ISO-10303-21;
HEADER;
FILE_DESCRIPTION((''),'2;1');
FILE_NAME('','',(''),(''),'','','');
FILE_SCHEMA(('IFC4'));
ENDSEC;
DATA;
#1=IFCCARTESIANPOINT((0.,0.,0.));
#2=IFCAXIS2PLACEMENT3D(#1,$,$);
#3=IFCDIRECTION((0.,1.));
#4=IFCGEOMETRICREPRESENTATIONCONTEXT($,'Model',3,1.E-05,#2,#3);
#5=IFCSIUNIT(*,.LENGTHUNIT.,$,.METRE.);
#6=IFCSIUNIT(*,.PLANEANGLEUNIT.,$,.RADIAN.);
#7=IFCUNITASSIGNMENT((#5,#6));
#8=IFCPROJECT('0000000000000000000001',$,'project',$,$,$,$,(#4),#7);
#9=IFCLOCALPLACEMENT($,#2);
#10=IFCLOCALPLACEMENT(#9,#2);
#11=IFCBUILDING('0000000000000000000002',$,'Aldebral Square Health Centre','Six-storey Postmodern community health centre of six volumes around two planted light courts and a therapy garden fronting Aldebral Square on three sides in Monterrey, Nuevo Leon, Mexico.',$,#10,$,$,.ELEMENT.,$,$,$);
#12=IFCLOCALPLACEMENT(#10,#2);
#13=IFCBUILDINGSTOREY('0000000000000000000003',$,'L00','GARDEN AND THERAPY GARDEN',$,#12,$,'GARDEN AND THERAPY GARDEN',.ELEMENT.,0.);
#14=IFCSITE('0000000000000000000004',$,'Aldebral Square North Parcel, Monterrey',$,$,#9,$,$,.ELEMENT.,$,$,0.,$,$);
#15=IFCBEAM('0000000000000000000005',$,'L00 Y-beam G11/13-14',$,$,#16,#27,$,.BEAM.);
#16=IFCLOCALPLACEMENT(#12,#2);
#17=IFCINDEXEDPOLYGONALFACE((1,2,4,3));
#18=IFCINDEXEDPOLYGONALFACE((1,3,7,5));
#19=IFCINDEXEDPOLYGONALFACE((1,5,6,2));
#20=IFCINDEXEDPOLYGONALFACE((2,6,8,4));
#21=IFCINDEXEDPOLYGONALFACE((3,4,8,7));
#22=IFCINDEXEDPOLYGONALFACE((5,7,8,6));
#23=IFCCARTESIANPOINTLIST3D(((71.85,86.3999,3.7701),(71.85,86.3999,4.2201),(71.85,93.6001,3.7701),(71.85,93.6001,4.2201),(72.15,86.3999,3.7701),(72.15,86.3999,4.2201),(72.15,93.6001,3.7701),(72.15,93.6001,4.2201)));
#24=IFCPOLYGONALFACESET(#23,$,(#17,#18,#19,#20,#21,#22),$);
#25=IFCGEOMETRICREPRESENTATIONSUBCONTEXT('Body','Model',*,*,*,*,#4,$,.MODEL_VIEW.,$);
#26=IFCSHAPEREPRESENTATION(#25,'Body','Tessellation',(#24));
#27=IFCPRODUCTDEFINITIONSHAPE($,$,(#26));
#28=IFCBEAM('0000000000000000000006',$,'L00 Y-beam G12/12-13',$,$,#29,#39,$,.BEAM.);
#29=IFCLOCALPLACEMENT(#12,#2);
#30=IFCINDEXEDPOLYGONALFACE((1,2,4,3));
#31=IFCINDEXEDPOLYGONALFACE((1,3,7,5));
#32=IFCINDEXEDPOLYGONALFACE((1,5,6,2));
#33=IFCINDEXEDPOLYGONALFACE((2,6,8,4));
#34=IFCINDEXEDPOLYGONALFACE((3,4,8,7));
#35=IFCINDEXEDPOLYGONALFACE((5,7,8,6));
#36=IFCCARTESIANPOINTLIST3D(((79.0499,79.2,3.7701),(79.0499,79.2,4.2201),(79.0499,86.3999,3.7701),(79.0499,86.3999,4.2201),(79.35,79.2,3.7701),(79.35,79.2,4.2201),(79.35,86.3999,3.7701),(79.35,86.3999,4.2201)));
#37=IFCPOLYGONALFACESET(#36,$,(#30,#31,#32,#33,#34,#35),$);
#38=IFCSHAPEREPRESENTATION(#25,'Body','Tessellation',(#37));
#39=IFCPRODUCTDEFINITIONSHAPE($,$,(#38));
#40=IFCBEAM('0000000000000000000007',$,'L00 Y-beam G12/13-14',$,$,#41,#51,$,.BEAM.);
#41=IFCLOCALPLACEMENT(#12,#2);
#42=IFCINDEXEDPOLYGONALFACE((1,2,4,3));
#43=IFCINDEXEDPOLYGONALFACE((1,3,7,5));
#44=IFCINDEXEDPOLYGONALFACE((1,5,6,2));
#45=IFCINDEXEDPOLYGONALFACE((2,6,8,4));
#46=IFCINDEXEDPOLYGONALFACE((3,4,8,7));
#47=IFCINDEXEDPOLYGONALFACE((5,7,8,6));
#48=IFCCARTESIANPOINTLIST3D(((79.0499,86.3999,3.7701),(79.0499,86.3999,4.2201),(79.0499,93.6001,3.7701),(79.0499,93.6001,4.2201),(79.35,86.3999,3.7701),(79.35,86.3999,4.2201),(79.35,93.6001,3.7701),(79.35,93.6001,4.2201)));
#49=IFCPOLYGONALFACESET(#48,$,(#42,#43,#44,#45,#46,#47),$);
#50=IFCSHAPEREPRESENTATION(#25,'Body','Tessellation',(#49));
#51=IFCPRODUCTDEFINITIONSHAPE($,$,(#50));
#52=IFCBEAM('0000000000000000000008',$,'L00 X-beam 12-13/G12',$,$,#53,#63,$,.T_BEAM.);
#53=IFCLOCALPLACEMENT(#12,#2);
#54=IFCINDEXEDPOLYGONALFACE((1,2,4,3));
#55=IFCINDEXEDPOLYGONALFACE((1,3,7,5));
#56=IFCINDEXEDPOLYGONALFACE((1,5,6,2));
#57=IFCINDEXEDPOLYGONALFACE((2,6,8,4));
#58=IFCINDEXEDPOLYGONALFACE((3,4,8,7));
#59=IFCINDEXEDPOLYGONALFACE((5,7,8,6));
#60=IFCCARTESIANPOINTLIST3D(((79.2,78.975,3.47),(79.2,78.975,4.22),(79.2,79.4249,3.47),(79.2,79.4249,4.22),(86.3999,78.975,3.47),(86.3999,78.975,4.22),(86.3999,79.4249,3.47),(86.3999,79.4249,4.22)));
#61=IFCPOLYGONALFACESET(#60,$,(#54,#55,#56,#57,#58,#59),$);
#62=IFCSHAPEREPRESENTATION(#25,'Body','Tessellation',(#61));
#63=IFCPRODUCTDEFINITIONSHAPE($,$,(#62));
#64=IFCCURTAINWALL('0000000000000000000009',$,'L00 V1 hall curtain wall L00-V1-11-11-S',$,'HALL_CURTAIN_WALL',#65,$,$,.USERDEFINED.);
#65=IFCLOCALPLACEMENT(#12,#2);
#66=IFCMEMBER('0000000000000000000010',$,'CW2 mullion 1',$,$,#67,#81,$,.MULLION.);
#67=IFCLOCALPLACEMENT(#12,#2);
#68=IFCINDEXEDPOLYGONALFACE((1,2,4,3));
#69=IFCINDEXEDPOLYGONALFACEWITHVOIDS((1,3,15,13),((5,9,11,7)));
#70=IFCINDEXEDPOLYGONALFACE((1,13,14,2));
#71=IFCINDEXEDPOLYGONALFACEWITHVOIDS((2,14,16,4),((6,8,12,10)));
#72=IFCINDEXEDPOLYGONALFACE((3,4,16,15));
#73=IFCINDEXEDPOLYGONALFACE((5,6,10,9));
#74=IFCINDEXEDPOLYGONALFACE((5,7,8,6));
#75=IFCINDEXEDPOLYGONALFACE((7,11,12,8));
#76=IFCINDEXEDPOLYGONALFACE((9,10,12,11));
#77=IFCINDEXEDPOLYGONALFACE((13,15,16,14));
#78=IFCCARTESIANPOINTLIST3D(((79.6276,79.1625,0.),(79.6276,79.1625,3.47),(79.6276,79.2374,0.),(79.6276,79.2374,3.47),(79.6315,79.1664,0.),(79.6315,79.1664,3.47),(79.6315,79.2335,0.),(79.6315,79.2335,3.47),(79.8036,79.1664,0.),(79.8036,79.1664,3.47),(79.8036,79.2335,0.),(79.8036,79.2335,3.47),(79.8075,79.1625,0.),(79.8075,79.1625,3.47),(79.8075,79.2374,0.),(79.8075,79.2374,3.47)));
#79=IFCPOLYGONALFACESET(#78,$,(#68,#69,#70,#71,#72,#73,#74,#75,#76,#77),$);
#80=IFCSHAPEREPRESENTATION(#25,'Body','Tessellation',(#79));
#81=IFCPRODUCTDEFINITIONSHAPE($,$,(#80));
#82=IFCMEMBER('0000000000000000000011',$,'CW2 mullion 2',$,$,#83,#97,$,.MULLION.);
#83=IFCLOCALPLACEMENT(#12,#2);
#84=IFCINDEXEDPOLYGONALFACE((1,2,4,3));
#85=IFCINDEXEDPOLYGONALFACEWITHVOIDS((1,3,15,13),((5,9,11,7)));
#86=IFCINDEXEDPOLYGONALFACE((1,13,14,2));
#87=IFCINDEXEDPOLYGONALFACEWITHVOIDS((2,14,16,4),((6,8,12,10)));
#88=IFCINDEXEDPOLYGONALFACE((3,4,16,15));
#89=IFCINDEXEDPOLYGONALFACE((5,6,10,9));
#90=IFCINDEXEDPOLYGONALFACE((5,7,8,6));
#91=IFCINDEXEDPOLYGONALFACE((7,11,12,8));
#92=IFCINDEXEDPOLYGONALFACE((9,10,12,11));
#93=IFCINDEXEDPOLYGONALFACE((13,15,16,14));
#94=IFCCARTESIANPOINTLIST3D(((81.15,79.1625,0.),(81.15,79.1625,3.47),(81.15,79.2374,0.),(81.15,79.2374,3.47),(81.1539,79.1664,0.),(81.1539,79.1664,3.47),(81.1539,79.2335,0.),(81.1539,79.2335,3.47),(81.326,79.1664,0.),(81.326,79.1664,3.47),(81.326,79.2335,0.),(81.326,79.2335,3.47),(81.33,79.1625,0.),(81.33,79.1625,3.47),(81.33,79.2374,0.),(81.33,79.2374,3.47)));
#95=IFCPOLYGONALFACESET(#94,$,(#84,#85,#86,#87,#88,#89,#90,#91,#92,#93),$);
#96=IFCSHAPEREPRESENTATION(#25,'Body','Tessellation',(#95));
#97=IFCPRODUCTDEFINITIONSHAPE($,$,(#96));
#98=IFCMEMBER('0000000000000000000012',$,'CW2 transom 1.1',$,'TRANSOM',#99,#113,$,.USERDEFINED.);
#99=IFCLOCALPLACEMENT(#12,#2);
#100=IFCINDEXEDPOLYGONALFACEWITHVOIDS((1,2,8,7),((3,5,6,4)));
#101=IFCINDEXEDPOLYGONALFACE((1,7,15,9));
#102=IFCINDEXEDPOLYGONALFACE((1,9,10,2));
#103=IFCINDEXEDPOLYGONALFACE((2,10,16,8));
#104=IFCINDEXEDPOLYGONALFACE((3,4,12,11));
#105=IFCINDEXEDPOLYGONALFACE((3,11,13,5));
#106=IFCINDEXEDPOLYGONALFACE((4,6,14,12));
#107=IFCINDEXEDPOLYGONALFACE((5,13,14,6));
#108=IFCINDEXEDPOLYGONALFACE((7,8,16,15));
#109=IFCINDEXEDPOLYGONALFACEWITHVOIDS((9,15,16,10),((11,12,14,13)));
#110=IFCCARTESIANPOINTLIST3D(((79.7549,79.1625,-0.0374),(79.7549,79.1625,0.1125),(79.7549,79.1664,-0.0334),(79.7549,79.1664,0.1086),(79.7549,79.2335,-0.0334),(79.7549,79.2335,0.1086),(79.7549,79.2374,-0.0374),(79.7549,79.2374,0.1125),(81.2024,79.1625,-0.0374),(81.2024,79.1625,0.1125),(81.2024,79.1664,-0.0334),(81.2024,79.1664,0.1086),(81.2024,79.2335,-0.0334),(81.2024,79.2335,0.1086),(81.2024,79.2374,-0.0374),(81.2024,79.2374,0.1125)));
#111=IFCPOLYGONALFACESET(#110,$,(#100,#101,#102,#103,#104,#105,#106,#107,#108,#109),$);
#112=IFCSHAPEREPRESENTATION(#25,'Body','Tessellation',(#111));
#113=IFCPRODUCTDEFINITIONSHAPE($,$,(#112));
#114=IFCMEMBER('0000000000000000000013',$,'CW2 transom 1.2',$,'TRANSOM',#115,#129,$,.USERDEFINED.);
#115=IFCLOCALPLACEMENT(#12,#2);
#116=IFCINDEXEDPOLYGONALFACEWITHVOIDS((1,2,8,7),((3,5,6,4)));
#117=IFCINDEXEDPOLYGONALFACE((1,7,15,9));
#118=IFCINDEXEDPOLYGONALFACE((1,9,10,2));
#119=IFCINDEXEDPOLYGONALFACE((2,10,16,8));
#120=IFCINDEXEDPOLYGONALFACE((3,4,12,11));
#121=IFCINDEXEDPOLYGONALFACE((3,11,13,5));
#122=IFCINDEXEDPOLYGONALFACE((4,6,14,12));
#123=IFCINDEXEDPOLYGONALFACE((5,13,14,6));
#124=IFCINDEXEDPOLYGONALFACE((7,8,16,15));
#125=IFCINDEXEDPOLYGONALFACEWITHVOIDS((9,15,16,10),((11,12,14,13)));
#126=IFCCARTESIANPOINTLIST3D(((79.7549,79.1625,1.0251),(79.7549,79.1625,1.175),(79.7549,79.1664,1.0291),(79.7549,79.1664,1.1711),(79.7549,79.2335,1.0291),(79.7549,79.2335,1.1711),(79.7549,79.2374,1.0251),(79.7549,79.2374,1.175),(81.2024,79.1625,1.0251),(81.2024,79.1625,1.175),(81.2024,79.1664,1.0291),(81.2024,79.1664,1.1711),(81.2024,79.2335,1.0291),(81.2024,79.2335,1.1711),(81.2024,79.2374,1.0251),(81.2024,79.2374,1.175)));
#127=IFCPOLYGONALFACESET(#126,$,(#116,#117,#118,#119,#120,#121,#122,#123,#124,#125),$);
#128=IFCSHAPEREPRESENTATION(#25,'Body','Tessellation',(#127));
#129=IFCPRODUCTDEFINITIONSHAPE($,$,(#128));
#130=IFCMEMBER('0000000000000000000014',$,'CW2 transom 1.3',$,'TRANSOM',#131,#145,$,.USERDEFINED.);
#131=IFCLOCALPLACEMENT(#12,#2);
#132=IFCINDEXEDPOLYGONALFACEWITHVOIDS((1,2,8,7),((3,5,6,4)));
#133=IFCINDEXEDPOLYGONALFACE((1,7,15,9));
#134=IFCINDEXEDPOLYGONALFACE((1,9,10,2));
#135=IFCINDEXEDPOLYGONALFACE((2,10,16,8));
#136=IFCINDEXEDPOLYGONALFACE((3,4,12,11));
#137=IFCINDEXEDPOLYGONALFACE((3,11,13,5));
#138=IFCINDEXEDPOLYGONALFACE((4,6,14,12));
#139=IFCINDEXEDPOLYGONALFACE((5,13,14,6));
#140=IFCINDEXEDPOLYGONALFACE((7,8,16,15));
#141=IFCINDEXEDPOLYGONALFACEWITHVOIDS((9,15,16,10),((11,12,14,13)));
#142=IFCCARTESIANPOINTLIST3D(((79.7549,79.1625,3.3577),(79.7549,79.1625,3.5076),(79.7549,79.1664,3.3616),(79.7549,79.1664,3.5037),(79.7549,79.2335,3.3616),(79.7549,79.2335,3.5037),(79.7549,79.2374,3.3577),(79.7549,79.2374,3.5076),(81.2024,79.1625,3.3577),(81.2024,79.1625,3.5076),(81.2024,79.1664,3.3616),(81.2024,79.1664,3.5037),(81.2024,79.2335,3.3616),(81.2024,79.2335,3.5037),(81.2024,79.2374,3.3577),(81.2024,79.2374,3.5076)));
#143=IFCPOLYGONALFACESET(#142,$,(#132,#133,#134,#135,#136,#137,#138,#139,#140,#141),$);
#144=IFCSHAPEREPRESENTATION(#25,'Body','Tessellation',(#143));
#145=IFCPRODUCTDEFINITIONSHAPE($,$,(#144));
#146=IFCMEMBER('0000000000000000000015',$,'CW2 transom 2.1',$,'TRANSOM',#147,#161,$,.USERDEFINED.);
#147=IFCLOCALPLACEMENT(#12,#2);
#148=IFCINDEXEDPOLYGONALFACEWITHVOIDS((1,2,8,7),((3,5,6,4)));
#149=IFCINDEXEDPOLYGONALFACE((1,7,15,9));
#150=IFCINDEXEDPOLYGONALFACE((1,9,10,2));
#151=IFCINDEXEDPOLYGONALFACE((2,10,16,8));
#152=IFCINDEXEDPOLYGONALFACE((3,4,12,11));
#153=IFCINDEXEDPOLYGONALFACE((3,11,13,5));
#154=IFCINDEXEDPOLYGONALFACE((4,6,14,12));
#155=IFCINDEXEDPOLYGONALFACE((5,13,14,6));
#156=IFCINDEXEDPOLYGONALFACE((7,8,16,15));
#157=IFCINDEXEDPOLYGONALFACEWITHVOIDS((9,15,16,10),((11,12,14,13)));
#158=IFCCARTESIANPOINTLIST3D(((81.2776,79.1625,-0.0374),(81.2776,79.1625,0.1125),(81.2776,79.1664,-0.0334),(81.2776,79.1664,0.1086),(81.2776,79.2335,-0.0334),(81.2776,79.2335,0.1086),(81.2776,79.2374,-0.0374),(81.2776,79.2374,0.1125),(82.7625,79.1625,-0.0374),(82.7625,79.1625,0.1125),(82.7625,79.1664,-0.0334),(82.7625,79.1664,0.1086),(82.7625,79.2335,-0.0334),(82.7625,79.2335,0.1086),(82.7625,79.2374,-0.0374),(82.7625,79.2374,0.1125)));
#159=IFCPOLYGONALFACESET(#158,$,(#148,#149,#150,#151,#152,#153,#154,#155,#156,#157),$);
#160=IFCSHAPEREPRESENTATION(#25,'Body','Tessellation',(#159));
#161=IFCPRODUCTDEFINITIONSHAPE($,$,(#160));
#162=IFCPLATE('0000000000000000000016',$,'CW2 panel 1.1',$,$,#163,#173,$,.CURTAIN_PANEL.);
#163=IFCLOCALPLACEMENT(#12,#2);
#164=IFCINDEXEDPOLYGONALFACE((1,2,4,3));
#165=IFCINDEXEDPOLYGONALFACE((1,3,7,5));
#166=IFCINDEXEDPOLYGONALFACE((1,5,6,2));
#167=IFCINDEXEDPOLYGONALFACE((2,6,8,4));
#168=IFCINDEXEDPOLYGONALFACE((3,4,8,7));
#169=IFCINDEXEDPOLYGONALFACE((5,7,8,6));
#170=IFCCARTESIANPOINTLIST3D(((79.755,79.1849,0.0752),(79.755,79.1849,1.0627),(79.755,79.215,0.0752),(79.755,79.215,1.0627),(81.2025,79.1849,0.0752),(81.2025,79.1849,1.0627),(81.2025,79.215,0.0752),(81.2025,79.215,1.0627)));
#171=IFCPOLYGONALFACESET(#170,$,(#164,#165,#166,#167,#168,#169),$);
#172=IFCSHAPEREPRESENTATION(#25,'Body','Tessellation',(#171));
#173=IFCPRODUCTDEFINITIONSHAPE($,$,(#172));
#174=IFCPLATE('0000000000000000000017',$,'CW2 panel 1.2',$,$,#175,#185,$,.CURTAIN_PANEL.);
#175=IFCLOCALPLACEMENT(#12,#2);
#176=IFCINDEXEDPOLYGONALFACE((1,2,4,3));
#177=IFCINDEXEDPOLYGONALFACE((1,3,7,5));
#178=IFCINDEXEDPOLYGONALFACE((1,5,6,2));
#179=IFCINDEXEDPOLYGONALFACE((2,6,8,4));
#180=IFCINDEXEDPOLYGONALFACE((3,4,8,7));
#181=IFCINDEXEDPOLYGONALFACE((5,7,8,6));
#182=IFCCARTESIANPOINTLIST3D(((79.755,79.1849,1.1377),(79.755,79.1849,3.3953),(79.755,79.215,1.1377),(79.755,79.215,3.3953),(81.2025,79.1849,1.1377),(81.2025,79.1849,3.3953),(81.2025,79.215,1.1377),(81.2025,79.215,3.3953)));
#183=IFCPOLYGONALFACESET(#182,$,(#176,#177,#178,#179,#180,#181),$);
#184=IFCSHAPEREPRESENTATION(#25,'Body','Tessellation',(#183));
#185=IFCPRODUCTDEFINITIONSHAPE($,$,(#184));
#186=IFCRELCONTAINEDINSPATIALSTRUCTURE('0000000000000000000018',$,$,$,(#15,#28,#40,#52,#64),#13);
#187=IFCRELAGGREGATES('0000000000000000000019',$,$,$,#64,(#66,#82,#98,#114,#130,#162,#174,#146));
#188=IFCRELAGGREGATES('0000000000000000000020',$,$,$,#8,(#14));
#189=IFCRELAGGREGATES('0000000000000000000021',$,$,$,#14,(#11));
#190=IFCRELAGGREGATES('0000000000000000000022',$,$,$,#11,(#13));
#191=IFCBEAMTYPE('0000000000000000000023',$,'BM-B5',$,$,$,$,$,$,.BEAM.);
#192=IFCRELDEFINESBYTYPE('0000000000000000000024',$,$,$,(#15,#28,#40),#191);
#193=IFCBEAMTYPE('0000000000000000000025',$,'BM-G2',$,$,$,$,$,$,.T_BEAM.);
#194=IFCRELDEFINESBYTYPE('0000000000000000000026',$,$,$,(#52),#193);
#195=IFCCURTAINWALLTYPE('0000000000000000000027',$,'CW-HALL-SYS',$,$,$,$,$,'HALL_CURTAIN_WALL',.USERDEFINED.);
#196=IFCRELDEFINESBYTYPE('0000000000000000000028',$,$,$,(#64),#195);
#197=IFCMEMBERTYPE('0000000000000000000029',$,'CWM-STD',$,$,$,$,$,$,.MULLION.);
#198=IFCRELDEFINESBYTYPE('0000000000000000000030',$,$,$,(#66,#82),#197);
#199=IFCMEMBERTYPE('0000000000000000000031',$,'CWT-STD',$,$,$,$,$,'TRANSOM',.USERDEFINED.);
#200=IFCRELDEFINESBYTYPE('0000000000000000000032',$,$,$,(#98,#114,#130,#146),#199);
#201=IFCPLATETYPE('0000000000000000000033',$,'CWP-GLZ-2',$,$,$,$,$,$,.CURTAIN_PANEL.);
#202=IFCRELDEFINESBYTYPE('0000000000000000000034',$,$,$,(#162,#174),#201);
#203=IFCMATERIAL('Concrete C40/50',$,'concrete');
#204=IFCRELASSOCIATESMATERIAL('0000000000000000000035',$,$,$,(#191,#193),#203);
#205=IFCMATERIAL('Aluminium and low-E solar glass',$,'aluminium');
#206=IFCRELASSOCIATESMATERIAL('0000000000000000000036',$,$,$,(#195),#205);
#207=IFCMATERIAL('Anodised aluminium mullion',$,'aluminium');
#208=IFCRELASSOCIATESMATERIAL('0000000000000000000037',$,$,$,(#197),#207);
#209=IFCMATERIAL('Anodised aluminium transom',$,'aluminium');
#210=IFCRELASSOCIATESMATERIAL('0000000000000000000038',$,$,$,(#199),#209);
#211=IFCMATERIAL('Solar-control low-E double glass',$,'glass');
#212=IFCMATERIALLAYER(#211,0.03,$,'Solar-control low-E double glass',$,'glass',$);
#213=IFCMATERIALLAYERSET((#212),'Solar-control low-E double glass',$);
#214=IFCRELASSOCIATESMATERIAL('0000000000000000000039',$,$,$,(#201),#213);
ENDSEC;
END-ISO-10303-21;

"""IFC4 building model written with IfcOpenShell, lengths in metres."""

from ifc_helpers import new_model, si_unit, direction, frame, origin, origin_2d, place, context, subcontext, project, spatial, rectangle, hollow_rectangle, extrude, material, layer, layer_set, material_profile, profile_set, type_object, element, aggregate, save


model = new_model("IFC4")

# Units and contexts
model_context = context("Model", 3, precision=1e-05, world=origin(), true_north=direction((0.0, 1.0)))
body_context = subcontext(model_context, "Body", "Model", "MODEL_VIEW")
ifc_project = project(units=[si_unit("LENGTHUNIT", "METRE"), si_unit("PLANEANGLEUNIT", "RADIAN")], contexts=[model_context])

# Site, building, storey
site_placement = place(None, origin())
site = spatial("IfcSite", under=ifc_project, at=site_placement, Name="Aldebral Square North Parcel, Monterrey", CompositionType="ELEMENT", RefElevation=0.0)
building_placement = place(site_placement, origin())
building = spatial("IfcBuilding", under=site, at=building_placement, Name="Aldebral Square Health Centre", Description="Six-storey Postmodern community health centre of six volumes around two planted light courts and a therapy garden fronting Aldebral Square on three sides in Monterrey, Nuevo Leon, Mexico.", CompositionType="ELEMENT")
storey_placement = place(building_placement, origin())
storey = spatial("IfcBuildingStorey", under=building, at=storey_placement, Name="L00", Description="GARDEN AND THERAPY GARDEN", LongName="GARDEN AND THERAPY GARDEN", CompositionType="ELEMENT", Elevation=0.0)

# Shared definitions
ifc_material_1 = material(Name="Concrete C40/50", Category="concrete")

# Beams
ifc_material_profile_1 = material_profile(ifc_material_1, rectangle(XDim=0.3, YDim=0.45, at=origin_2d()), Name="RC 300x450")
ifc_profile_set_1 = profile_set([ifc_material_profile_1], Name="Concrete C40/50")
beam_type_1 = type_object("IfcBeamType", Name="BM-B5", PredefinedType="BEAM", material=ifc_profile_set_1)
beam_1_placement = place(storey_placement, frame((72.0, 86.3999, 3.9951), z_axis=(0.0, 1.0, 0.0), x_axis=(-1.0, 0.0, 0.0)))
element("IfcBeam", 1, at=beam_1_placement, inside=storey, type_object=beam_type_1, Name="L00 Y-beam G11/13-14", PredefinedType="BEAM", context=body_context, shape_type="SweptSolid", body=[
    extrude(rectangle(XDim=0.3, YDim=0.45, at=origin_2d()), origin(), (0.0, 0.0, 1.0), 7.2002),
])
beam_2_placement = place(storey_placement, frame((79.2, 79.2, 3.9951), z_axis=(0.0, 1.0, 0.0), x_axis=(-1.0, 0.0, 0.0)))
element("IfcBeam", 2, at=beam_2_placement, inside=storey, type_object=beam_type_1, Name="L00 Y-beam G12/12-13", PredefinedType="BEAM", context=body_context, shape_type="SweptSolid", body=[
    extrude(rectangle(XDim=0.3, YDim=0.45, at=origin_2d()), origin(), (0.0, 0.0, 1.0), 7.2),
])
beam_3_placement = place(storey_placement, frame((79.2, 86.3999, 3.9951), z_axis=(0.0, 1.0, 0.0), x_axis=(-1.0, 0.0, 0.0)))
element("IfcBeam", 3, at=beam_3_placement, inside=storey, type_object=beam_type_1, Name="L00 Y-beam G12/13-14", PredefinedType="BEAM", context=body_context, shape_type="SweptSolid", body=[
    extrude(rectangle(XDim=0.3, YDim=0.45, at=origin_2d()), origin(), (0.0, 0.0, 1.0), 7.2002),
])
ifc_material_profile_2 = material_profile(ifc_material_1, rectangle(XDim=0.45, YDim=0.75, at=origin_2d()), Name="RC 450x750")
ifc_profile_set_2 = profile_set([ifc_material_profile_2], Name="Concrete C40/50")
beam_type_2 = type_object("IfcBeamType", Name="BM-G2", PredefinedType="T_BEAM", material=ifc_profile_set_2)
beam_4_placement = place(storey_placement, frame((79.2, 79.2, 3.845), z_axis=(1.0, 0.0, 0.0), x_axis=(0.0, 1.0, 0.0)))
element("IfcBeam", 4, at=beam_4_placement, inside=storey, type_object=beam_type_2, Name="L00 X-beam 12-13/G12", PredefinedType="T_BEAM", context=body_context, shape_type="SweptSolid", body=[
    extrude(rectangle(XDim=0.45, YDim=0.75, at=origin_2d()), origin(), (0.0, 0.0, 1.0), 7.2),
])

# Curtain wall, members, plates
ifc_material_2 = material(Name="Aluminium and low-E solar glass", Category="aluminium")
curtain_wall_type = type_object("IfcCurtainWallType", Name="CW-HALL-SYS", ElementType="HALL_CURTAIN_WALL", PredefinedType="USERDEFINED", material=ifc_material_2)
curtain_wall_placement = place(storey_placement, origin())
curtain_wall = element("IfcCurtainWall", 5, at=curtain_wall_placement, inside=storey, type_object=curtain_wall_type, Name="L00 V1 hall curtain wall L00-V1-11-11-S", ObjectType="HALL_CURTAIN_WALL", PredefinedType="USERDEFINED")
ifc_material_3 = material(Name="Anodised aluminium mullion", Category="aluminium")
ifc_material_profile_3 = material_profile(ifc_material_3, hollow_rectangle(XDim=0.075, YDim=0.1799, WallThickness=0.0039, at=origin_2d()), Name="CWM 75x180x4")
ifc_profile_set_3 = profile_set([ifc_material_profile_3], Name="Anodised aluminium mullion")
member_type_1 = type_object("IfcMemberType", Name="CWM-STD", PredefinedType="MULLION", material=ifc_profile_set_3)
member_1_placement = place(storey_placement, frame((79.7175, 79.2, 0.0), z_axis=(0.0, 0.0, 1.0), x_axis=(0.0, 1.0, 0.0)))
member_1 = element("IfcMember", 6, at=member_1_placement, type_object=member_type_1, Name="CW2 mullion 1", PredefinedType="MULLION", context=body_context, shape_type="SweptSolid", body=[
    extrude(hollow_rectangle(XDim=0.075, YDim=0.1799, WallThickness=0.0039, at=origin_2d()), origin(), (0.0, 0.0, 1.0), 3.47),
])
member_2_placement = place(storey_placement, frame((81.24, 79.2, 0.0), z_axis=(0.0, 0.0, 1.0), x_axis=(0.0, 1.0, 0.0)))
member_2 = element("IfcMember", 7, at=member_2_placement, type_object=member_type_1, Name="CW2 mullion 2", PredefinedType="MULLION", context=body_context, shape_type="SweptSolid", body=[
    extrude(hollow_rectangle(XDim=0.075, YDim=0.1799, WallThickness=0.0039, at=origin_2d()), origin(), (0.0, 0.0, 1.0), 3.47),
])
ifc_material_4 = material(Name="Anodised aluminium transom", Category="aluminium")
ifc_material_profile_4 = material_profile(ifc_material_4, hollow_rectangle(XDim=0.075, YDim=0.1499, WallThickness=0.0039, at=origin_2d()), Name="CWT 75x150x4")
ifc_profile_set_4 = profile_set([ifc_material_profile_4], Name="Anodised aluminium transom")
member_type_2 = type_object("IfcMemberType", Name="CWT-STD", ElementType="TRANSOM", PredefinedType="USERDEFINED", material=ifc_profile_set_4)
member_3_placement = place(storey_placement, frame((79.7549, 79.2, 0.0376), z_axis=(1.0, 0.0, 0.0), x_axis=(0.0, 1.0, 0.0)))
member_3 = element("IfcMember", 8, at=member_3_placement, type_object=member_type_2, Name="CW2 transom 1.1", ObjectType="TRANSOM", PredefinedType="USERDEFINED", context=body_context, shape_type="SweptSolid", body=[
    extrude(hollow_rectangle(XDim=0.075, YDim=0.1499, WallThickness=0.0039, at=origin_2d()), origin(), (0.0, 0.0, 1.0), 1.4475),
])
member_4_placement = place(storey_placement, frame((79.7549, 79.2, 1.1001), z_axis=(1.0, 0.0, 0.0), x_axis=(0.0, 1.0, 0.0)))
member_4 = element("IfcMember", 9, at=member_4_placement, type_object=member_type_2, Name="CW2 transom 1.2", ObjectType="TRANSOM", PredefinedType="USERDEFINED", context=body_context, shape_type="SweptSolid", body=[
    extrude(hollow_rectangle(XDim=0.075, YDim=0.1499, WallThickness=0.0039, at=origin_2d()), origin(), (0.0, 0.0, 1.0), 1.4475),
])
member_5_placement = place(storey_placement, frame((79.7549, 79.2, 3.4326), z_axis=(1.0, 0.0, 0.0), x_axis=(0.0, 1.0, 0.0)))
member_5 = element("IfcMember", 10, at=member_5_placement, type_object=member_type_2, Name="CW2 transom 1.3", ObjectType="TRANSOM", PredefinedType="USERDEFINED", context=body_context, shape_type="SweptSolid", body=[
    extrude(hollow_rectangle(XDim=0.075, YDim=0.1499, WallThickness=0.0039, at=origin_2d()), origin(), (0.0, 0.0, 1.0), 1.4475),
])
member_6_placement = place(storey_placement, frame((81.2776, 79.2, 0.0376), z_axis=(1.0, 0.0, 0.0), x_axis=(0.0, 1.0, 0.0)))
member_6 = element("IfcMember", 11, at=member_6_placement, type_object=member_type_2, Name="CW2 transom 2.1", ObjectType="TRANSOM", PredefinedType="USERDEFINED", context=body_context, shape_type="SweptSolid", body=[
    extrude(hollow_rectangle(XDim=0.075, YDim=0.1499, WallThickness=0.0039, at=origin_2d()), origin(), (0.0, 0.0, 1.0), 1.4849),
])
ifc_material_5 = material(Name="Solar-control low-E double glass", Category="glass")
ifc_layer_1 = layer(ifc_material_5, 0.03, Name="Solar-control low-E double glass", Category="glass")
ifc_layer_set_1 = layer_set([ifc_layer_1], Name="Solar-control low-E double glass")
plate_type = type_object("IfcPlateType", Name="CWP-GLZ-2", PredefinedType="CURTAIN_PANEL", material=ifc_layer_set_1)
plate_1_placement = place(storey_placement, frame((80.4788, 79.2, 0.0752), z_axis=(0.0, 0.0, 1.0), x_axis=(1.0, 0.0, 0.0)))
plate_1 = element("IfcPlate", 12, at=plate_1_placement, type_object=plate_type, Name="CW2 panel 1.1", PredefinedType="CURTAIN_PANEL", context=body_context, shape_type="SweptSolid", body=[
    extrude(rectangle(XDim=1.4475, YDim=0.03, at=origin_2d()), origin(), (0.0, 0.0, 1.0), 0.9875),
])
plate_2_placement = place(storey_placement, frame((80.4788, 79.2, 1.1377), z_axis=(0.0, 0.0, 1.0), x_axis=(1.0, 0.0, 0.0)))
plate_2 = element("IfcPlate", 13, at=plate_2_placement, type_object=plate_type, Name="CW2 panel 1.2", PredefinedType="CURTAIN_PANEL", context=body_context, shape_type="SweptSolid", body=[
    extrude(rectangle(XDim=1.4475, YDim=0.03, at=origin_2d()), origin(), (0.0, 0.0, 1.0), 2.2576),
])
aggregate(curtain_wall, [member_1, member_2, member_3, member_4, member_5, plate_1, plate_2, member_6])

save(model, "model.ifc")
